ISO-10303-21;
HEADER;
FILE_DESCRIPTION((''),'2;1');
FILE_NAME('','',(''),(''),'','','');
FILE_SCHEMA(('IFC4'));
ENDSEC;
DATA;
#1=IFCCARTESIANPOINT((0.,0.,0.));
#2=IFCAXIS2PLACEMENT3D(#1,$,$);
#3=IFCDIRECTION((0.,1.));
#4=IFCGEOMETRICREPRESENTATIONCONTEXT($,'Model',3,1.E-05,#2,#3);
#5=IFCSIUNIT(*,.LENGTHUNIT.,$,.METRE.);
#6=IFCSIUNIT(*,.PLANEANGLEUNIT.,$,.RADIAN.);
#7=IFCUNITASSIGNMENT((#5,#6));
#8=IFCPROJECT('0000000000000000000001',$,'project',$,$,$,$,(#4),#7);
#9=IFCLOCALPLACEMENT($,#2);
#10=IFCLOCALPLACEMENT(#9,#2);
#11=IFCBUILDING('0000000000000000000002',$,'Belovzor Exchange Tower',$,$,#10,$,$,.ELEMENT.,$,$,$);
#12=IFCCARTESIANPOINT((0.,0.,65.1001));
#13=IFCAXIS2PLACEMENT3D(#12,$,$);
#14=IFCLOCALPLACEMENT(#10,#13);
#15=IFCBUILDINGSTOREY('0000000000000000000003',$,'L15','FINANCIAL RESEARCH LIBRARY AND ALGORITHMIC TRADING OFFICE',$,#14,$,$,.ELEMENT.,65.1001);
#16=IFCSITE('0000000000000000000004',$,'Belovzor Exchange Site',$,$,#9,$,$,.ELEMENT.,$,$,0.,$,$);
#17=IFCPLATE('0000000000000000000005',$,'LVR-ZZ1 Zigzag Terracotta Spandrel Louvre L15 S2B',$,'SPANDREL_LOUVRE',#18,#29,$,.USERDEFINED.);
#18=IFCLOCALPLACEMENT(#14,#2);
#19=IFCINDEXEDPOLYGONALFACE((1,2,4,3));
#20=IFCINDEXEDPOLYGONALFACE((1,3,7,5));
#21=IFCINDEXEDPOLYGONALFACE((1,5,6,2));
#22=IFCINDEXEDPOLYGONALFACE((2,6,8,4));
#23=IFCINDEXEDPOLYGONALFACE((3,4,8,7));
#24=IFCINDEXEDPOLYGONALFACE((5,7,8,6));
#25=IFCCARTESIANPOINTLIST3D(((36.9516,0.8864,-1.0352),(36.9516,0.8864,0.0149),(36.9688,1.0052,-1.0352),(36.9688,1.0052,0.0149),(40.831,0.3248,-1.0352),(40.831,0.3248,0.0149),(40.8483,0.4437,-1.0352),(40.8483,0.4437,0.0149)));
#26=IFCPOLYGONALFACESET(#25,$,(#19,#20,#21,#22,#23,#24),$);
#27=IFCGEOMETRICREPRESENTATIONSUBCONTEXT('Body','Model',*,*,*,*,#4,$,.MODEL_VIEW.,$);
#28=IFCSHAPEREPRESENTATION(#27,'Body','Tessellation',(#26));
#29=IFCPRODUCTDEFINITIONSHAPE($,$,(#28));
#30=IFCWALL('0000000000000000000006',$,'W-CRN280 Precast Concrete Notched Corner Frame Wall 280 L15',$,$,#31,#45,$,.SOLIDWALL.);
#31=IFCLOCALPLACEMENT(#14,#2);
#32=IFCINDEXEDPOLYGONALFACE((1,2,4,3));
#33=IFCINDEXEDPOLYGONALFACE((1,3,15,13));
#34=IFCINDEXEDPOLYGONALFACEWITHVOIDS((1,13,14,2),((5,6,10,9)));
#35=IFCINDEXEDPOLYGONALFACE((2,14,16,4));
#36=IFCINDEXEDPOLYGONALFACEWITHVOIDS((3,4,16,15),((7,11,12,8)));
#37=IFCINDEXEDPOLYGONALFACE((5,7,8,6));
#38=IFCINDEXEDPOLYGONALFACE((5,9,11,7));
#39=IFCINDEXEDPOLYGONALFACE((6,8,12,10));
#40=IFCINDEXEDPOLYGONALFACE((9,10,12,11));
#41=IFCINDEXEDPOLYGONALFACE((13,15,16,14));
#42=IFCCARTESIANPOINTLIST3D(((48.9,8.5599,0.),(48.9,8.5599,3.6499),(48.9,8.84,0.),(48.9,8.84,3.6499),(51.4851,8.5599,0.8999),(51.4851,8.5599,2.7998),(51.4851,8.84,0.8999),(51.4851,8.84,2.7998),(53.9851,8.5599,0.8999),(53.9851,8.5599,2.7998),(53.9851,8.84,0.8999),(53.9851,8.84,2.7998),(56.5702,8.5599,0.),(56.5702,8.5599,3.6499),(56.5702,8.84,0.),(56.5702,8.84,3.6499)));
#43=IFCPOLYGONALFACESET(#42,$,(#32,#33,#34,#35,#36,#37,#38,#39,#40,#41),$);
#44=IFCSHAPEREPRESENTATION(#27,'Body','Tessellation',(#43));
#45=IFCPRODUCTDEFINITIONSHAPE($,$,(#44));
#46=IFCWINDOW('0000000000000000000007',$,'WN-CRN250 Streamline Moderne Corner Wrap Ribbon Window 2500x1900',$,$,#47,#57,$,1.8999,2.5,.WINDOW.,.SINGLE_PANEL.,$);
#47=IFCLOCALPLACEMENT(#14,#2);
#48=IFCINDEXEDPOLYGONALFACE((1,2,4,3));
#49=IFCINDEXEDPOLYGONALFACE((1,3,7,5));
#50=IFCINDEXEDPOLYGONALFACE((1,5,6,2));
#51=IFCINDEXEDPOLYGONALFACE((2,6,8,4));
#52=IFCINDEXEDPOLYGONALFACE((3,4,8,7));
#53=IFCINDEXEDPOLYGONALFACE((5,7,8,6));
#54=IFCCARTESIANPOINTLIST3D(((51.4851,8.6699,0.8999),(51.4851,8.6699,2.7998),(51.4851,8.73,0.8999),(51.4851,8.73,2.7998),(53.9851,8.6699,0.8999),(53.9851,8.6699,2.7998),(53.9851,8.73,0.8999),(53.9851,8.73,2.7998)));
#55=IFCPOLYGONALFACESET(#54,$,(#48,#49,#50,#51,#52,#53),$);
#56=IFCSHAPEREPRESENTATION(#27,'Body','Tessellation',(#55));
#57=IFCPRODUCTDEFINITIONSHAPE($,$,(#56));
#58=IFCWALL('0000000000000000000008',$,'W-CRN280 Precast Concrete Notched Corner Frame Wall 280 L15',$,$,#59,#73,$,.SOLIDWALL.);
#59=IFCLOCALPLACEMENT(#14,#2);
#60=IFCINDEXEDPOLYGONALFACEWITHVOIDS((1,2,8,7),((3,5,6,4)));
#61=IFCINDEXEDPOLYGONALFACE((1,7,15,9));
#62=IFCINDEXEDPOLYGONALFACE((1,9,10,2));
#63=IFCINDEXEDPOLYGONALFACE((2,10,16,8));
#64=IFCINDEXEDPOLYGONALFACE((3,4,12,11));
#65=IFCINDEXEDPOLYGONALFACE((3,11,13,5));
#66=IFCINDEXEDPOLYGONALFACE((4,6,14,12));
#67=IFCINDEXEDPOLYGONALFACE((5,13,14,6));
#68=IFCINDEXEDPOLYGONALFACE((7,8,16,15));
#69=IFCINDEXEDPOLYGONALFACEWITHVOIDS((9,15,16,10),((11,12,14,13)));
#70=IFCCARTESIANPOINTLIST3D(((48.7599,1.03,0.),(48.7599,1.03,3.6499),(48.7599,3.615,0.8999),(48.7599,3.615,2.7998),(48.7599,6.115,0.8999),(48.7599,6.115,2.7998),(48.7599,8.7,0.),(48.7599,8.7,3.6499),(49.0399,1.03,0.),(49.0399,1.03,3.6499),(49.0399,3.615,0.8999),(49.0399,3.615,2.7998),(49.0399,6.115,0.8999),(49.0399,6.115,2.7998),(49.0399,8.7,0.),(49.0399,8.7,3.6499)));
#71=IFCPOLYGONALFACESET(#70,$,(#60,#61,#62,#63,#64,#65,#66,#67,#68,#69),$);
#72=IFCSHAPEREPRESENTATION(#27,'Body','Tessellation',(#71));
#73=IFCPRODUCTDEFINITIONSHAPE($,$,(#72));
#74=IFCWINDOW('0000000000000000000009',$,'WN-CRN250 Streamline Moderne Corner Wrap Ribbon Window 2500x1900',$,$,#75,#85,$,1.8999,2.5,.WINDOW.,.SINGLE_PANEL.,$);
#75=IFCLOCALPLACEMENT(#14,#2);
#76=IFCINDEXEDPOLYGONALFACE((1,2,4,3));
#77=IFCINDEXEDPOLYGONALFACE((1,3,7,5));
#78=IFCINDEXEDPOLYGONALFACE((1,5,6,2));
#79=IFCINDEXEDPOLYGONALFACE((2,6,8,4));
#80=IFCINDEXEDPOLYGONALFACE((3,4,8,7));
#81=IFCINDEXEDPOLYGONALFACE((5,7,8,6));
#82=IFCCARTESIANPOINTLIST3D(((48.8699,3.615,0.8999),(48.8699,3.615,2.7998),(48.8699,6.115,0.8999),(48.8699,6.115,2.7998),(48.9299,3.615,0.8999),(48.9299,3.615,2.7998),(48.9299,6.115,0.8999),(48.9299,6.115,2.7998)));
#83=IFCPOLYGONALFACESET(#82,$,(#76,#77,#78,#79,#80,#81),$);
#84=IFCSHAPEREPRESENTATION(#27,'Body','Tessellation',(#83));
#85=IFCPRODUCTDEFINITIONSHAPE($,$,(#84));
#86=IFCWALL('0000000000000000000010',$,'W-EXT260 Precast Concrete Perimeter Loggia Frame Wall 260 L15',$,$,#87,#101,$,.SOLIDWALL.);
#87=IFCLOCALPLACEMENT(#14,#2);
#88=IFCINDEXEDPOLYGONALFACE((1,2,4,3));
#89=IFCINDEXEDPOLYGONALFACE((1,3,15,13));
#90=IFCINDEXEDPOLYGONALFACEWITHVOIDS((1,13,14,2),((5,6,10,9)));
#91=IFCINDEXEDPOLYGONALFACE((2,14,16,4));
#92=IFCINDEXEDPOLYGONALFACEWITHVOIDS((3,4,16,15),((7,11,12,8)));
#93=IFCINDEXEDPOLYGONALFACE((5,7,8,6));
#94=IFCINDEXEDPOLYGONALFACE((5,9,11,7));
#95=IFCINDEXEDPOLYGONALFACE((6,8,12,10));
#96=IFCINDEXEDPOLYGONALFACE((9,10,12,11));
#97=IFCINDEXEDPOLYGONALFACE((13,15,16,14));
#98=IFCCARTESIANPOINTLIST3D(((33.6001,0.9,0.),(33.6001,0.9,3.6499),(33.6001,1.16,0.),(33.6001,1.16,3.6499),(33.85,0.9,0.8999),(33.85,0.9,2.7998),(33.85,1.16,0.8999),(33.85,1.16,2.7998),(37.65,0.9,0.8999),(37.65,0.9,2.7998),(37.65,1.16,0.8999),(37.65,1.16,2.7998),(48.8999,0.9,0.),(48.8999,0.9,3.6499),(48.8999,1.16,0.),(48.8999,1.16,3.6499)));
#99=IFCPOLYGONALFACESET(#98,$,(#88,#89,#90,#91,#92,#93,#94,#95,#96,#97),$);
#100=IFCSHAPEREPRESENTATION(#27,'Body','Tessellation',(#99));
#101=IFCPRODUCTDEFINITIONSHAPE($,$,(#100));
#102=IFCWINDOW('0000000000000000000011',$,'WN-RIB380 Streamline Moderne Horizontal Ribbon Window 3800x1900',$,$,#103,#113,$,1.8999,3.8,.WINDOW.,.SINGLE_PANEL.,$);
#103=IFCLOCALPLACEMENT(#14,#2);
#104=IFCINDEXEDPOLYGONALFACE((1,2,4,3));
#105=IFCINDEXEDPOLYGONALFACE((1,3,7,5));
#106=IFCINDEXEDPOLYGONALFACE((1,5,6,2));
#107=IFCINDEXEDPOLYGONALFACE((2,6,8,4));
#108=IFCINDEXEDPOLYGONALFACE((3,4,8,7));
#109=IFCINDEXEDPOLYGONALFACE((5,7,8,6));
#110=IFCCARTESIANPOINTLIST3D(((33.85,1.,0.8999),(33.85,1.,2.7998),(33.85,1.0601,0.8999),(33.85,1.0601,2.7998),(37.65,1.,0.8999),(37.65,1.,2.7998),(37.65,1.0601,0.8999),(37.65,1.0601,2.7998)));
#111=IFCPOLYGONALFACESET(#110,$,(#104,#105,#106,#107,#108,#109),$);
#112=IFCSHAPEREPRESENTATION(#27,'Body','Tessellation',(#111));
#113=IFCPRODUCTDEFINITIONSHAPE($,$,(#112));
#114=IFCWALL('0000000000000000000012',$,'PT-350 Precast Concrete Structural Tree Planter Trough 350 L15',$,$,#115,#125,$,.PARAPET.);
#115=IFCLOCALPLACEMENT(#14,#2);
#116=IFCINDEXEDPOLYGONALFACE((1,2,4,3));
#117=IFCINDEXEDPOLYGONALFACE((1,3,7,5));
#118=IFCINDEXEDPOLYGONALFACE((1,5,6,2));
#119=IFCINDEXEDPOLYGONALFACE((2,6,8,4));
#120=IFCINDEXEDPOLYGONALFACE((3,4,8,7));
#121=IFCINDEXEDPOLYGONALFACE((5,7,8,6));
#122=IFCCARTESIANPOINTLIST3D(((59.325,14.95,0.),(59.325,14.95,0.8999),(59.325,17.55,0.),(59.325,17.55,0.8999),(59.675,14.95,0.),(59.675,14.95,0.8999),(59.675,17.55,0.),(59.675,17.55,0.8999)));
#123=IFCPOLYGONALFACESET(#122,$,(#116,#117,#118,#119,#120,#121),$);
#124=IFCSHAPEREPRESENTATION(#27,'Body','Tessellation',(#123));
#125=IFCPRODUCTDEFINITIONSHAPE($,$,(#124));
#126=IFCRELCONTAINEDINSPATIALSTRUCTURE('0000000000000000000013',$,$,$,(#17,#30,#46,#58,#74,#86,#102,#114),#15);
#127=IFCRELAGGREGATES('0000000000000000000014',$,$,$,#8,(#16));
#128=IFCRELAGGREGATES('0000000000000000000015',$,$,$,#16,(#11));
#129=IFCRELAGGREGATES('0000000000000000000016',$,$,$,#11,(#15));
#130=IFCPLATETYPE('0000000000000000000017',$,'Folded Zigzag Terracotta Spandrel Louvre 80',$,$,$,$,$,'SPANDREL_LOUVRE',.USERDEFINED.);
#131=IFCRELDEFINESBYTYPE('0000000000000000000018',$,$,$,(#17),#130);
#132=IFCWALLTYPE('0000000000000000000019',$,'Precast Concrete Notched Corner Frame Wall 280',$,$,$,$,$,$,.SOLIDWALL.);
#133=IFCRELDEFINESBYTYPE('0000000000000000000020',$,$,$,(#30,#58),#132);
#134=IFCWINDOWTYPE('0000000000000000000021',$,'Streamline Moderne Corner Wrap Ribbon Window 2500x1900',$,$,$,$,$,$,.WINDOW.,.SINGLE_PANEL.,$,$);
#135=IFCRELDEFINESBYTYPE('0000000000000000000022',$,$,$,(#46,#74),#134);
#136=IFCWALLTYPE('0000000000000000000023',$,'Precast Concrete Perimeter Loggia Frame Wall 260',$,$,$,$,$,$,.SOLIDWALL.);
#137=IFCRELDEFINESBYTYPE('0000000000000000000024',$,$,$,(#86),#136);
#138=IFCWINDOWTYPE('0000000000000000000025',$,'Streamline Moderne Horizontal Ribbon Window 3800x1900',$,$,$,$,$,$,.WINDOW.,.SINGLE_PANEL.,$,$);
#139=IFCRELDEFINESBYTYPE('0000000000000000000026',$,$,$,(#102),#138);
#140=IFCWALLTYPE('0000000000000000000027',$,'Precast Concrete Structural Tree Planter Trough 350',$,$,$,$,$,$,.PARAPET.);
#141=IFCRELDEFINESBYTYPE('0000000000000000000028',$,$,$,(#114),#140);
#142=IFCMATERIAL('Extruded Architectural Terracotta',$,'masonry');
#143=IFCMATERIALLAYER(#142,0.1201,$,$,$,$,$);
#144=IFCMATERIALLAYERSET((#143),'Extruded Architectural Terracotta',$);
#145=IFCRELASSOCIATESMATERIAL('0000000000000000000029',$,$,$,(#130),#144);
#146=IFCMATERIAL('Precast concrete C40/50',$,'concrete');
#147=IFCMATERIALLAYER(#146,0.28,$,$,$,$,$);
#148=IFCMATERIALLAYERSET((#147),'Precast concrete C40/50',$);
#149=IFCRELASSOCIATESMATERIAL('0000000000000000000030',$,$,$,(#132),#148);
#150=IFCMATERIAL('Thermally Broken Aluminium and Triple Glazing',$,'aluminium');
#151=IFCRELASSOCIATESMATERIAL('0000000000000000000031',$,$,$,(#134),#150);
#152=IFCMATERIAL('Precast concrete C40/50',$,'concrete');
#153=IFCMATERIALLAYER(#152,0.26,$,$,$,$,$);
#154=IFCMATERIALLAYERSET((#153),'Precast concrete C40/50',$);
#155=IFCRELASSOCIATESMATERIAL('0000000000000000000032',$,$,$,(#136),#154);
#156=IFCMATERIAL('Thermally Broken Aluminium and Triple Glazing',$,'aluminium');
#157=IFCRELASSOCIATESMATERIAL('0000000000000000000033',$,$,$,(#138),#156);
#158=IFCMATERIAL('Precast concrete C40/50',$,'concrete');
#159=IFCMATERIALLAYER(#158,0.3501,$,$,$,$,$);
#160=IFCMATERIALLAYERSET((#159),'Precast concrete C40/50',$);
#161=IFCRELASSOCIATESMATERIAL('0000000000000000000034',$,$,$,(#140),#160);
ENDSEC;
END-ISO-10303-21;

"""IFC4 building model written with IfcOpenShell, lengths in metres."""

from ifc_helpers import new_model, si_unit, direction, frame, frame_2d, origin, origin_2d, place, context, subcontext, project, spatial, rectangle, extrude, material, layer, layer_set, type_object, element, fill, save


model = new_model("IFC4")

# Units and contexts
model_context = context("Model", 3, precision=1e-05, world=origin(), true_north=direction((0.0, 1.0)))
body_context = subcontext(model_context, "Body", "Model", "MODEL_VIEW")
ifc_project = project(units=[si_unit("LENGTHUNIT", "METRE"), si_unit("PLANEANGLEUNIT", "RADIAN")], contexts=[model_context])

# Site, building, storey
site_placement = place(None, origin())
site = spatial("IfcSite", under=ifc_project, at=site_placement, Name="Belovzor Exchange Site", CompositionType="ELEMENT", RefElevation=0.0)
building_placement = place(site_placement, origin())
building = spatial("IfcBuilding", under=site, at=building_placement, Name="Belovzor Exchange Tower", CompositionType="ELEMENT")
storey_placement = place(building_placement, frame((0.0, 0.0, 65.1001)))
storey = spatial("IfcBuildingStorey", under=building, at=storey_placement, Name="L15", Description="FINANCIAL RESEARCH LIBRARY AND ALGORITHMIC TRADING OFFICE", CompositionType="ELEMENT", Elevation=65.1001)

# Plate
ifc_material_1 = material(Name="Extruded Architectural Terracotta", Category="masonry")
ifc_layer_1 = layer(ifc_material_1, 0.1201)
ifc_layer_set_1 = layer_set([ifc_layer_1], Name="Extruded Architectural Terracotta")
plate_type = type_object("IfcPlateType", Name="Folded Zigzag Terracotta Spandrel Louvre 80", ElementType="SPANDREL_LOUVRE", PredefinedType="USERDEFINED", material=ifc_layer_set_1)
plate_placement = place(storey_placement, frame((38.8999, 0.665, -1.0352), z_axis=(0.0, 0.0, 1.0), x_axis=(0.989686, -0.143251, 0.0)))
element("IfcPlate", 1, at=plate_placement, inside=storey, type_object=plate_type, Name="LVR-ZZ1 Zigzag Terracotta Spandrel Louvre L15 S2B", ObjectType="SPANDREL_LOUVRE", PredefinedType="USERDEFINED", context=body_context, shape_type="SweptSolid", body=[
    extrude(rectangle(XDim=3.9199, YDim=0.1201, at=origin_2d()), origin(), (0.0, 0.0, 1.0), 1.05),
])

# Walls, openings, windows
ifc_material_2 = material(Name="Precast concrete C40/50", Category="concrete")
ifc_layer_2 = layer(ifc_material_2, 0.28)
ifc_layer_set_2 = layer_set([ifc_layer_2], Name="Precast concrete C40/50")
wall_type_1 = type_object("IfcWallType", Name="Precast Concrete Notched Corner Frame Wall 280", PredefinedType="SOLIDWALL", material=ifc_layer_set_2)
wall_1_placement = place(storey_placement, frame((56.5701, 8.7, 0.0), z_axis=(0.0, 0.0, 1.0), x_axis=(-1.0, 0.0, 0.0)))
wall_1 = element("IfcWall", 2, at=wall_1_placement, inside=storey, type_object=wall_type_1, Name="W-CRN280 Precast Concrete Notched Corner Frame Wall 280 L15", PredefinedType="SOLIDWALL", context=body_context, shape_type="SweptSolid", body=[
    extrude(rectangle(XDim=7.6702, YDim=0.28, at=frame_2d((3.835, 0.0))), origin(), (0.0, 0.0, 1.0), 3.6499),
])
opening_1_placement = place(wall_1_placement, frame((2.585, 0.0, 0.8999)))
opening_1 = element("IfcOpeningElement", 3, at=opening_1_placement, cuts=wall_1, PredefinedType="OPENING", context=body_context, shape_type="SweptSolid", body=[
    extrude(rectangle(XDim=2.5, YDim=1.8999, at=frame_2d((1.25, 0.95))), frame((0.0, 0.1499, 0.0), z_axis=(0.0, -1.0, 0.0), x_axis=(1.0, 0.0, 0.0)), (0.0, 0.0, 1.0), 0.3),
])
ifc_material_3 = material(Name="Thermally Broken Aluminium and Triple Glazing", Category="aluminium")
window_type_1 = type_object("IfcWindowType", Name="Streamline Moderne Corner Wrap Ribbon Window 2500x1900", PartitioningType="SINGLE_PANEL", PredefinedType="WINDOW", material=ifc_material_3)
window_1_placement = place(opening_1_placement, origin())
window_1 = element("IfcWindow", 4, at=window_1_placement, inside=storey, type_object=window_type_1, Name="WN-CRN250 Streamline Moderne Corner Wrap Ribbon Window 2500x1900", OverallHeight=1.8999, OverallWidth=2.5, PartitioningType="SINGLE_PANEL", PredefinedType="WINDOW", context=body_context, shape_type="SweptSolid", body=[
    extrude(rectangle(XDim=2.5, YDim=1.8999, at=frame_2d((1.25, 0.95))), frame((0.0, 0.03, 0.0), z_axis=(0.0, -1.0, 0.0), x_axis=(1.0, 0.0, 0.0)), (0.0, 0.0, 1.0), 0.0601),
])
fill(opening_1, window_1)
wall_2_placement = place(storey_placement, frame((48.8999, 8.7, 0.0), z_axis=(0.0, 0.0, 1.0), x_axis=(0.0, -1.0, 0.0)))
wall_2 = element("IfcWall", 5, at=wall_2_placement, inside=storey, type_object=wall_type_1, Name="W-CRN280 Precast Concrete Notched Corner Frame Wall 280 L15", PredefinedType="SOLIDWALL", context=body_context, shape_type="SweptSolid", body=[
    extrude(rectangle(XDim=7.6699, YDim=0.28, at=frame_2d((3.835, 0.0))), origin(), (0.0, 0.0, 1.0), 3.6499),
])
opening_2_placement = place(wall_2_placement, frame((2.585, 0.0, 0.8999)))
opening_2 = element("IfcOpeningElement", 6, at=opening_2_placement, cuts=wall_2, PredefinedType="OPENING", context=body_context, shape_type="SweptSolid", body=[
    extrude(rectangle(XDim=2.5, YDim=1.8999, at=frame_2d((1.25, 0.95))), frame((0.0, 0.1499, 0.0), z_axis=(0.0, -1.0, 0.0), x_axis=(1.0, 0.0, 0.0)), (0.0, 0.0, 1.0), 0.3),
])
window_2_placement = place(opening_2_placement, origin())
window_2 = element("IfcWindow", 7, at=window_2_placement, inside=storey, type_object=window_type_1, Name="WN-CRN250 Streamline Moderne Corner Wrap Ribbon Window 2500x1900", OverallHeight=1.8999, OverallWidth=2.5, PartitioningType="SINGLE_PANEL", PredefinedType="WINDOW", context=body_context, shape_type="SweptSolid", body=[
    extrude(rectangle(XDim=2.5, YDim=1.8999, at=frame_2d((1.25, 0.95))), frame((0.0, 0.03, 0.0), z_axis=(0.0, -1.0, 0.0), x_axis=(1.0, 0.0, 0.0)), (0.0, 0.0, 1.0), 0.0601),
])
fill(opening_2, window_2)
ifc_material_4 = material(Name="Precast concrete C40/50", Category="concrete")
ifc_layer_3 = layer(ifc_material_4, 0.26)
ifc_layer_set_3 = layer_set([ifc_layer_3], Name="Precast concrete C40/50")
wall_type_2 = type_object("IfcWallType", Name="Precast Concrete Perimeter Loggia Frame Wall 260", PredefinedType="SOLIDWALL", material=ifc_layer_set_3)
wall_3_placement = place(storey_placement, frame((48.8999, 1.03, 0.0), z_axis=(0.0, 0.0, 1.0), x_axis=(-1.0, 0.0, 0.0)))
wall_3 = element("IfcWall", 8, at=wall_3_placement, inside=storey, type_object=wall_type_2, Name="W-EXT260 Precast Concrete Perimeter Loggia Frame Wall 260 L15", PredefinedType="SOLIDWALL", context=body_context, shape_type="SweptSolid", body=[
    extrude(rectangle(XDim=15.2998, YDim=0.26, at=frame_2d((7.6499, 0.0))), origin(), (0.0, 0.0, 1.0), 3.6499),
])
opening_3_placement = place(wall_3_placement, frame((11.25, 0.0, 0.8999)))
opening_3 = element("IfcOpeningElement", 9, at=opening_3_placement, cuts=wall_3, PredefinedType="OPENING", context=body_context, shape_type="SweptSolid", body=[
    extrude(rectangle(XDim=3.8, YDim=1.8999, at=frame_2d((1.8999, 0.95))), frame((0.0, 0.1399, 0.0), z_axis=(0.0, -1.0, 0.0), x_axis=(1.0, 0.0, 0.0)), (0.0, 0.0, 1.0), 0.28),
])
ifc_material_5 = material(Name="Thermally Broken Aluminium and Triple Glazing", Category="aluminium")
window_type_2 = type_object("IfcWindowType", Name="Streamline Moderne Horizontal Ribbon Window 3800x1900", PartitioningType="SINGLE_PANEL", PredefinedType="WINDOW", material=ifc_material_5)
window_3_placement = place(opening_3_placement, origin())
window_3 = element("IfcWindow", 10, at=window_3_placement, inside=storey, type_object=window_type_2, Name="WN-RIB380 Streamline Moderne Horizontal Ribbon Window 3800x1900", OverallHeight=1.8999, OverallWidth=3.8, PartitioningType="SINGLE_PANEL", PredefinedType="WINDOW", context=body_context, shape_type="SweptSolid", body=[
    extrude(rectangle(XDim=3.8, YDim=1.8999, at=frame_2d((1.8999, 0.95))), frame((0.0, 0.03, 0.0), z_axis=(0.0, -1.0, 0.0), x_axis=(1.0, 0.0, 0.0)), (0.0, 0.0, 1.0), 0.0601),
])
fill(opening_3, window_3)

# Wall
ifc_material_6 = material(Name="Precast concrete C40/50", Category="concrete")
ifc_layer_4 = layer(ifc_material_6, 0.3501)
ifc_layer_set_4 = layer_set([ifc_layer_4], Name="Precast concrete C40/50")
wall_type_3 = type_object("IfcWallType", Name="Precast Concrete Structural Tree Planter Trough 350", PredefinedType="PARAPET", material=ifc_layer_set_4)
wall_4_placement = place(storey_placement, frame((59.5, 14.95, 0.0), z_axis=(0.0, 0.0, 1.0), x_axis=(0.0, 1.0, 0.0)))
element("IfcWall", 11, at=wall_4_placement, inside=storey, type_object=wall_type_3, Name="PT-350 Precast Concrete Structural Tree Planter Trough 350 L15", PredefinedType="PARAPET", context=body_context, shape_type="SweptSolid", body=[
    extrude(rectangle(XDim=2.6001, YDim=0.3501, at=frame_2d((1.3, 0.0))), origin(), (0.0, 0.0, 1.0), 0.8999),
])

save(model, "model.ifc")
